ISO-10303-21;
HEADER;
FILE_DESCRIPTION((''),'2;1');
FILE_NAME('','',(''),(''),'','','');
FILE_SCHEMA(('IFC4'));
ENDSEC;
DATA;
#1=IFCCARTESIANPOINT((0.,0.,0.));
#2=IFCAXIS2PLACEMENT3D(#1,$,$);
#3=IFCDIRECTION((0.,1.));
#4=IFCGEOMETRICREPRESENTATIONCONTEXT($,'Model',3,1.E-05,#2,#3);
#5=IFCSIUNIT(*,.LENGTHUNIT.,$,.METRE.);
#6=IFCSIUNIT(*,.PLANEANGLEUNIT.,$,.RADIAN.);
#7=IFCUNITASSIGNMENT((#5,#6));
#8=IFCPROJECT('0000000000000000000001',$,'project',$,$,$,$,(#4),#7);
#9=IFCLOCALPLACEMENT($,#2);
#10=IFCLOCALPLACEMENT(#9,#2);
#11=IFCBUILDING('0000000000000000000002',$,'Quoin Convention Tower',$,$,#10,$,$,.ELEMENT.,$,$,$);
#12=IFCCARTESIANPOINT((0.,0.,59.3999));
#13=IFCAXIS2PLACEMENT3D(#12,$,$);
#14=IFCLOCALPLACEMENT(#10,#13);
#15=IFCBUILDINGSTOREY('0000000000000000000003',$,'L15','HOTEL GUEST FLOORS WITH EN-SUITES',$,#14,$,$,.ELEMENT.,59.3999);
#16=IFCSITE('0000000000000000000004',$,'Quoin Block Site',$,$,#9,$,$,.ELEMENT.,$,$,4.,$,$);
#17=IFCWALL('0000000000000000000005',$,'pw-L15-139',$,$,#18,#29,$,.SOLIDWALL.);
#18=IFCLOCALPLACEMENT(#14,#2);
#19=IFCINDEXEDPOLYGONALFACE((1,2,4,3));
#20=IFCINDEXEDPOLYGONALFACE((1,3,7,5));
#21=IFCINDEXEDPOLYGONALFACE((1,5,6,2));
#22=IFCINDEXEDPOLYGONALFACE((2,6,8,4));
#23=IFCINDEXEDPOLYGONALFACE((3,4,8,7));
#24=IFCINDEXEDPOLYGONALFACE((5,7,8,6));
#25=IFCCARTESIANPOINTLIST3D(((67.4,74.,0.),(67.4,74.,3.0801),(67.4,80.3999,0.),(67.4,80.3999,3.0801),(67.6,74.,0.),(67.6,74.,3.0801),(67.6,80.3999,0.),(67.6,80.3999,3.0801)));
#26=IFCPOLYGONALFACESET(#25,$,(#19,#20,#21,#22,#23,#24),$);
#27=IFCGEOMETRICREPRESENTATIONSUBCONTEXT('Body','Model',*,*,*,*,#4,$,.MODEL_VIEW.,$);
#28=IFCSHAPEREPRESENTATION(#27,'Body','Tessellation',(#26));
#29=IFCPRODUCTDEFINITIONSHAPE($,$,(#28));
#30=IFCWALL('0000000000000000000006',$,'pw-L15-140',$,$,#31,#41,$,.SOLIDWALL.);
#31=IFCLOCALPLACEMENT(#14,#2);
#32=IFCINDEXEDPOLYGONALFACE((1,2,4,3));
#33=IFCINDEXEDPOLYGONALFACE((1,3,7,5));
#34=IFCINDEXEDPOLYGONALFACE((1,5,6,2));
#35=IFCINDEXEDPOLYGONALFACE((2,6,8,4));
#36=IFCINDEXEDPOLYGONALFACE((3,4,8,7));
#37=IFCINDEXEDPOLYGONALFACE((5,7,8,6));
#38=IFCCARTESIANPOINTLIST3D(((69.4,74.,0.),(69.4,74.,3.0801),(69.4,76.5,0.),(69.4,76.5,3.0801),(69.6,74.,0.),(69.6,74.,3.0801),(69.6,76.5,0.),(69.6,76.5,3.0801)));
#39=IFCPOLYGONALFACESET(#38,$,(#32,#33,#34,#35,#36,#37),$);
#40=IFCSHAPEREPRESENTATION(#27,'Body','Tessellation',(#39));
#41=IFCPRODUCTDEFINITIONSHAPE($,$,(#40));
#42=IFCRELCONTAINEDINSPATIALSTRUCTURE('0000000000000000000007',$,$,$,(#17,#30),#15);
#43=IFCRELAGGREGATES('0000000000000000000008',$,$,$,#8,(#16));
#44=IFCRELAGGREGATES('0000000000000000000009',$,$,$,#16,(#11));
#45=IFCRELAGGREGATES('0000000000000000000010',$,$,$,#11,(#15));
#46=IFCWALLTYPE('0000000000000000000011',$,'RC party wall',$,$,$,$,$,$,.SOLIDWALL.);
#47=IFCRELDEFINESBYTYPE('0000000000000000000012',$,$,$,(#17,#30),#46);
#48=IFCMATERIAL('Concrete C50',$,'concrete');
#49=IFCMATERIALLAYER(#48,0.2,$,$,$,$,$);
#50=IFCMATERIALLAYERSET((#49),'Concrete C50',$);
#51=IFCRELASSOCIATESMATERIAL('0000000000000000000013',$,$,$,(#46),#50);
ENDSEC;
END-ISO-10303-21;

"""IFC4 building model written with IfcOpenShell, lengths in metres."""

from ifc_helpers import new_model, si_unit, direction, frame, frame_2d, origin, place, context, subcontext, project, spatial, rectangle, extrude, material, layer, layer_set, type_object, element, save


model = new_model("IFC4")

# Units and contexts
model_context = context("Model", 3, precision=1e-05, world=origin(), true_north=direction((0.0, 1.0)))
body_context = subcontext(model_context, "Body", "Model", "MODEL_VIEW")
ifc_project = project(units=[si_unit("LENGTHUNIT", "METRE"), si_unit("PLANEANGLEUNIT", "RADIAN")], contexts=[model_context])

# Site, building, storey
site_placement = place(None, origin())
site = spatial("IfcSite", under=ifc_project, at=site_placement, Name="Quoin Block Site", CompositionType="ELEMENT", RefElevation=4.0)
building_placement = place(site_placement, origin())
building = spatial("IfcBuilding", under=site, at=building_placement, Name="Quoin Convention Tower", CompositionType="ELEMENT")
storey_placement = place(building_placement, frame((0.0, 0.0, 59.3999)))
storey = spatial("IfcBuildingStorey", under=building, at=storey_placement, Name="L15", Description="HOTEL GUEST FLOORS WITH EN-SUITES", CompositionType="ELEMENT", Elevation=59.3999)

# Shared definitions
ifc_material_1 = material(Name="Concrete C50", Category="concrete")
ifc_layer_1 = layer(ifc_material_1, 0.2)
ifc_layer_set_1 = layer_set([ifc_layer_1], Name="Concrete C50")
wall_type_1 = type_object("IfcWallType", Name="RC party wall", PredefinedType="SOLIDWALL", material=ifc_layer_set_1)

# Walls
wall_1_placement = place(storey_placement, frame((67.5, 74.0, 0.0), z_axis=(0.0, 0.0, 1.0), x_axis=(0.0, 1.0, 0.0)))
element("IfcWall", 1, at=wall_1_placement, inside=storey, type_object=wall_type_1, Name="pw-L15-139", PredefinedType="SOLIDWALL", context=body_context, shape_type="SweptSolid", body=[
    extrude(rectangle(XDim=6.3999, YDim=0.2, at=frame_2d((3.2, 0.0))), origin(), (0.0, 0.0, 1.0), 3.0801),
])
wall_2_placement = place(storey_placement, frame((69.5, 74.0, 0.0), z_axis=(0.0, 0.0, 1.0), x_axis=(0.0, 1.0, 0.0)))
element("IfcWall", 2, at=wall_2_placement, inside=storey, type_object=wall_type_1, Name="pw-L15-140", PredefinedType="SOLIDWALL", context=body_context, shape_type="SweptSolid", body=[
    extrude(rectangle(XDim=2.5, YDim=0.2, at=frame_2d((1.25, 0.0))), origin(), (0.0, 0.0, 1.0), 3.0801),
])

save(model, "model.ifc")
